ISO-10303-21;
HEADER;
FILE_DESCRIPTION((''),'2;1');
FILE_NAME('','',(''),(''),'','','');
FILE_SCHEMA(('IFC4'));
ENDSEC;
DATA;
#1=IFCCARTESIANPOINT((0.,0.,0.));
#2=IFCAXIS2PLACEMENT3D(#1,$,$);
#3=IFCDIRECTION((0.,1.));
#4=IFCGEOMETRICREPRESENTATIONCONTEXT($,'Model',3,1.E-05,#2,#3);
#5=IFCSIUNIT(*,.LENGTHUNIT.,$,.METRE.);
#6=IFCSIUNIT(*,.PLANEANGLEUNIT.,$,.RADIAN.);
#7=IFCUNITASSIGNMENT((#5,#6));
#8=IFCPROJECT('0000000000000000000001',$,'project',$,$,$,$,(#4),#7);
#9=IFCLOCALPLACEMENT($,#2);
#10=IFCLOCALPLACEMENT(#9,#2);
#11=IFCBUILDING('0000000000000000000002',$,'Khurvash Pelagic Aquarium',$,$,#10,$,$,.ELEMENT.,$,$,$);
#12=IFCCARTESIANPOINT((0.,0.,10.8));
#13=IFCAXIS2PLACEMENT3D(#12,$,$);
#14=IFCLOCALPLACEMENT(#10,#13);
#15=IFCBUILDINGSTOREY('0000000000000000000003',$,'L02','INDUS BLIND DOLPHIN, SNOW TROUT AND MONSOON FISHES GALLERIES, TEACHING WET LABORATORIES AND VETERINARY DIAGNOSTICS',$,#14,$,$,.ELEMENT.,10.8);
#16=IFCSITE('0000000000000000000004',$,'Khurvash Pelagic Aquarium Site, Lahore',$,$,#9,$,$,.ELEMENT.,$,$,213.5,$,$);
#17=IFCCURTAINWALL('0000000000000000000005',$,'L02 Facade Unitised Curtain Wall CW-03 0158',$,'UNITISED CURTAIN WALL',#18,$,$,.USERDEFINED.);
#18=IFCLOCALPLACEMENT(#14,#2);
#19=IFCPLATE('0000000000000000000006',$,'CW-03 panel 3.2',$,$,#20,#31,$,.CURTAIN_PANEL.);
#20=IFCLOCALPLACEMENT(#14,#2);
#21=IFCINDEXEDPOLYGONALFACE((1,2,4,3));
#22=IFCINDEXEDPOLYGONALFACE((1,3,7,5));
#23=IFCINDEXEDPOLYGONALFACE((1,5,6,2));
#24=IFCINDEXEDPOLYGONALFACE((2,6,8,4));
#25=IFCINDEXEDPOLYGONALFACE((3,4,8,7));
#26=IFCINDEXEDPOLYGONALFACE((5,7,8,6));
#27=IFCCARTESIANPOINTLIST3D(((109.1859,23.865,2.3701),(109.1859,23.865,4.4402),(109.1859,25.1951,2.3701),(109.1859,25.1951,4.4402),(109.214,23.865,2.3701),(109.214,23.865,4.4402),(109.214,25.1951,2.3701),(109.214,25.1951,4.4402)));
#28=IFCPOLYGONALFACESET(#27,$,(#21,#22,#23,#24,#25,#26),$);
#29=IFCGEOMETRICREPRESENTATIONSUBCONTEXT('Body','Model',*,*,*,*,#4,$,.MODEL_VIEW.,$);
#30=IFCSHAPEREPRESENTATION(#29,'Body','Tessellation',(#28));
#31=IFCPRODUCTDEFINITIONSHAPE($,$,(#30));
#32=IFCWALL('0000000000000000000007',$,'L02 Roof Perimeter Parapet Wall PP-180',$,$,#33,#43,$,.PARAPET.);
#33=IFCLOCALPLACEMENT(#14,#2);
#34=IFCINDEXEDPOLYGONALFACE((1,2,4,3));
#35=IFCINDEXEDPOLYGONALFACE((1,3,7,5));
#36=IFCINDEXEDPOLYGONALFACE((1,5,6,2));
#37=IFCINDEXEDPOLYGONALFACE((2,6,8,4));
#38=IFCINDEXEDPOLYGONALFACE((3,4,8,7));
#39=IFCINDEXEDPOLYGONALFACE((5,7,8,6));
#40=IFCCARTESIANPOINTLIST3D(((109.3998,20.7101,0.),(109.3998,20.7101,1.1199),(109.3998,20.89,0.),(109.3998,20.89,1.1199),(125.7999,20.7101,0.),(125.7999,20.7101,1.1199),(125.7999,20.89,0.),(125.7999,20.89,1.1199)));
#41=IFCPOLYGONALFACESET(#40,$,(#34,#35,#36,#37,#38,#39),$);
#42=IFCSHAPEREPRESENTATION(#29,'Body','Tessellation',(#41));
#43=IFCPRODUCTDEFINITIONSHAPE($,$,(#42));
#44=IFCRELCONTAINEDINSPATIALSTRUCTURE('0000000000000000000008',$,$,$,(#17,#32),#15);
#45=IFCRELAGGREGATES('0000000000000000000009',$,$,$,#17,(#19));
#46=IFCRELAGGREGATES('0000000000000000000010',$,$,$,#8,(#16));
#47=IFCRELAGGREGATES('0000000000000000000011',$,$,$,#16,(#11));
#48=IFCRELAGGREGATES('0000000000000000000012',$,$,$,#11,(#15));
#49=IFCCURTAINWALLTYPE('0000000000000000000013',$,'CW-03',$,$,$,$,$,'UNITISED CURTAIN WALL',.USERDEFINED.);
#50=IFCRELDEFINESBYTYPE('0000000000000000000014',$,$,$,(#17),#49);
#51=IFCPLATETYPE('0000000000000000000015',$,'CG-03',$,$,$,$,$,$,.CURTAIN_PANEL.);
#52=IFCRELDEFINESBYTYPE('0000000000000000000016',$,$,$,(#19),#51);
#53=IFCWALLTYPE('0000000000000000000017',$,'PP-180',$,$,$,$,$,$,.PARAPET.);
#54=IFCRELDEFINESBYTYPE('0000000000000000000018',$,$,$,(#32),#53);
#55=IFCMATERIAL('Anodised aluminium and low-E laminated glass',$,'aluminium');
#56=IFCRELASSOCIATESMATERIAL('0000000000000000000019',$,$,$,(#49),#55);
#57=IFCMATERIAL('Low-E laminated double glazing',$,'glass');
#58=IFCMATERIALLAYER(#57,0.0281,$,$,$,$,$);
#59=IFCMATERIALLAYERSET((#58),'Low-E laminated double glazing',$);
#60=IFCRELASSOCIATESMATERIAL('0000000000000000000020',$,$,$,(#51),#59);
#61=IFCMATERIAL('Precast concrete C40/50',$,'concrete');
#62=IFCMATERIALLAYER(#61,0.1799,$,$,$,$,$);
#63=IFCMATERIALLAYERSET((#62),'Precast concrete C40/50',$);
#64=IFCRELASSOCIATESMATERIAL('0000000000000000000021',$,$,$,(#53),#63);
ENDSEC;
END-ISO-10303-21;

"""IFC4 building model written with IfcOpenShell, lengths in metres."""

from ifc_helpers import new_model, si_unit, direction, frame, frame_2d, origin, origin_2d, place, context, subcontext, project, spatial, rectangle, extrude, material, layer, layer_set, type_object, element, aggregate, save


model = new_model("IFC4")

# Units and contexts
model_context = context("Model", 3, precision=1e-05, world=origin(), true_north=direction((0.0, 1.0)))
body_context = subcontext(model_context, "Body", "Model", "MODEL_VIEW")
ifc_project = project(units=[si_unit("LENGTHUNIT", "METRE"), si_unit("PLANEANGLEUNIT", "RADIAN")], contexts=[model_context])

# Site, building, storey
site_placement = place(None, origin())
site = spatial("IfcSite", under=ifc_project, at=site_placement, Name="Khurvash Pelagic Aquarium Site, Lahore", CompositionType="ELEMENT", RefElevation=213.5)
building_placement = place(site_placement, origin())
building = spatial("IfcBuilding", under=site, at=building_placement, Name="Khurvash Pelagic Aquarium", CompositionType="ELEMENT")
storey_placement = place(building_placement, frame((0.0, 0.0, 10.8)))
storey = spatial("IfcBuildingStorey", under=building, at=storey_placement, Name="L02", Description="INDUS BLIND DOLPHIN, SNOW TROUT AND MONSOON FISHES GALLERIES, TEACHING WET LABORATORIES AND VETERINARY DIAGNOSTICS", CompositionType="ELEMENT", Elevation=10.8)

# Curtain wall, plate
ifc_material_1 = material(Name="Anodised aluminium and low-E laminated glass", Category="aluminium")
curtain_wall_type = type_object("IfcCurtainWallType", Name="CW-03", ElementType="UNITISED CURTAIN WALL", PredefinedType="USERDEFINED", material=ifc_material_1)
curtain_wall_placement = place(storey_placement, origin())
curtain_wall = element("IfcCurtainWall", 1, at=curtain_wall_placement, inside=storey, type_object=curtain_wall_type, Name="L02 Facade Unitised Curtain Wall CW-03 0158", ObjectType="UNITISED CURTAIN WALL", PredefinedType="USERDEFINED")
ifc_material_2 = material(Name="Low-E laminated double glazing", Category="glass")
ifc_layer_1 = layer(ifc_material_2, 0.0281)
ifc_layer_set_1 = layer_set([ifc_layer_1], Name="Low-E laminated double glazing")
plate_type = type_object("IfcPlateType", Name="CG-03", PredefinedType="CURTAIN_PANEL", material=ifc_layer_set_1)
plate_1_placement = place(storey_placement, frame((109.2, 24.53, 2.3701), z_axis=(0.0, 0.0, 1.0), x_axis=(0.0, 1.0, 0.0)))
plate_1 = element("IfcPlate", 2, at=plate_1_placement, type_object=plate_type, Name="CW-03 panel 3.2", PredefinedType="CURTAIN_PANEL", context=body_context, shape_type="SweptSolid", body=[
    extrude(rectangle(XDim=1.3301, YDim=0.0281, at=origin_2d()), origin(), (0.0, 0.0, 1.0), 2.0701),
])
aggregate(curtain_wall, [plate_1])

# Wall
ifc_material_3 = material(Name="Precast concrete C40/50", Category="concrete")
ifc_layer_2 = layer(ifc_material_3, 0.1799)
ifc_layer_set_2 = layer_set([ifc_layer_2], Name="Precast concrete C40/50")
wall_type = type_object("IfcWallType", Name="PP-180", PredefinedType="PARAPET", material=ifc_layer_set_2)
wall_placement = place(storey_placement, frame((125.8, 20.8, 0.0), z_axis=(0.0, 0.0, 1.0), x_axis=(-1.0, 0.0, 0.0)))
element("IfcWall", 3, at=wall_placement, inside=storey, type_object=wall_type, Name="L02 Roof Perimeter Parapet Wall PP-180", PredefinedType="PARAPET", context=body_context, shape_type="SweptSolid", body=[
    extrude(rectangle(XDim=16.4001, YDim=0.1799, at=frame_2d((8.2002, 0.0))), origin(), (0.0, 0.0, 1.0), 1.1199),
])

save(model, "model.ifc")
